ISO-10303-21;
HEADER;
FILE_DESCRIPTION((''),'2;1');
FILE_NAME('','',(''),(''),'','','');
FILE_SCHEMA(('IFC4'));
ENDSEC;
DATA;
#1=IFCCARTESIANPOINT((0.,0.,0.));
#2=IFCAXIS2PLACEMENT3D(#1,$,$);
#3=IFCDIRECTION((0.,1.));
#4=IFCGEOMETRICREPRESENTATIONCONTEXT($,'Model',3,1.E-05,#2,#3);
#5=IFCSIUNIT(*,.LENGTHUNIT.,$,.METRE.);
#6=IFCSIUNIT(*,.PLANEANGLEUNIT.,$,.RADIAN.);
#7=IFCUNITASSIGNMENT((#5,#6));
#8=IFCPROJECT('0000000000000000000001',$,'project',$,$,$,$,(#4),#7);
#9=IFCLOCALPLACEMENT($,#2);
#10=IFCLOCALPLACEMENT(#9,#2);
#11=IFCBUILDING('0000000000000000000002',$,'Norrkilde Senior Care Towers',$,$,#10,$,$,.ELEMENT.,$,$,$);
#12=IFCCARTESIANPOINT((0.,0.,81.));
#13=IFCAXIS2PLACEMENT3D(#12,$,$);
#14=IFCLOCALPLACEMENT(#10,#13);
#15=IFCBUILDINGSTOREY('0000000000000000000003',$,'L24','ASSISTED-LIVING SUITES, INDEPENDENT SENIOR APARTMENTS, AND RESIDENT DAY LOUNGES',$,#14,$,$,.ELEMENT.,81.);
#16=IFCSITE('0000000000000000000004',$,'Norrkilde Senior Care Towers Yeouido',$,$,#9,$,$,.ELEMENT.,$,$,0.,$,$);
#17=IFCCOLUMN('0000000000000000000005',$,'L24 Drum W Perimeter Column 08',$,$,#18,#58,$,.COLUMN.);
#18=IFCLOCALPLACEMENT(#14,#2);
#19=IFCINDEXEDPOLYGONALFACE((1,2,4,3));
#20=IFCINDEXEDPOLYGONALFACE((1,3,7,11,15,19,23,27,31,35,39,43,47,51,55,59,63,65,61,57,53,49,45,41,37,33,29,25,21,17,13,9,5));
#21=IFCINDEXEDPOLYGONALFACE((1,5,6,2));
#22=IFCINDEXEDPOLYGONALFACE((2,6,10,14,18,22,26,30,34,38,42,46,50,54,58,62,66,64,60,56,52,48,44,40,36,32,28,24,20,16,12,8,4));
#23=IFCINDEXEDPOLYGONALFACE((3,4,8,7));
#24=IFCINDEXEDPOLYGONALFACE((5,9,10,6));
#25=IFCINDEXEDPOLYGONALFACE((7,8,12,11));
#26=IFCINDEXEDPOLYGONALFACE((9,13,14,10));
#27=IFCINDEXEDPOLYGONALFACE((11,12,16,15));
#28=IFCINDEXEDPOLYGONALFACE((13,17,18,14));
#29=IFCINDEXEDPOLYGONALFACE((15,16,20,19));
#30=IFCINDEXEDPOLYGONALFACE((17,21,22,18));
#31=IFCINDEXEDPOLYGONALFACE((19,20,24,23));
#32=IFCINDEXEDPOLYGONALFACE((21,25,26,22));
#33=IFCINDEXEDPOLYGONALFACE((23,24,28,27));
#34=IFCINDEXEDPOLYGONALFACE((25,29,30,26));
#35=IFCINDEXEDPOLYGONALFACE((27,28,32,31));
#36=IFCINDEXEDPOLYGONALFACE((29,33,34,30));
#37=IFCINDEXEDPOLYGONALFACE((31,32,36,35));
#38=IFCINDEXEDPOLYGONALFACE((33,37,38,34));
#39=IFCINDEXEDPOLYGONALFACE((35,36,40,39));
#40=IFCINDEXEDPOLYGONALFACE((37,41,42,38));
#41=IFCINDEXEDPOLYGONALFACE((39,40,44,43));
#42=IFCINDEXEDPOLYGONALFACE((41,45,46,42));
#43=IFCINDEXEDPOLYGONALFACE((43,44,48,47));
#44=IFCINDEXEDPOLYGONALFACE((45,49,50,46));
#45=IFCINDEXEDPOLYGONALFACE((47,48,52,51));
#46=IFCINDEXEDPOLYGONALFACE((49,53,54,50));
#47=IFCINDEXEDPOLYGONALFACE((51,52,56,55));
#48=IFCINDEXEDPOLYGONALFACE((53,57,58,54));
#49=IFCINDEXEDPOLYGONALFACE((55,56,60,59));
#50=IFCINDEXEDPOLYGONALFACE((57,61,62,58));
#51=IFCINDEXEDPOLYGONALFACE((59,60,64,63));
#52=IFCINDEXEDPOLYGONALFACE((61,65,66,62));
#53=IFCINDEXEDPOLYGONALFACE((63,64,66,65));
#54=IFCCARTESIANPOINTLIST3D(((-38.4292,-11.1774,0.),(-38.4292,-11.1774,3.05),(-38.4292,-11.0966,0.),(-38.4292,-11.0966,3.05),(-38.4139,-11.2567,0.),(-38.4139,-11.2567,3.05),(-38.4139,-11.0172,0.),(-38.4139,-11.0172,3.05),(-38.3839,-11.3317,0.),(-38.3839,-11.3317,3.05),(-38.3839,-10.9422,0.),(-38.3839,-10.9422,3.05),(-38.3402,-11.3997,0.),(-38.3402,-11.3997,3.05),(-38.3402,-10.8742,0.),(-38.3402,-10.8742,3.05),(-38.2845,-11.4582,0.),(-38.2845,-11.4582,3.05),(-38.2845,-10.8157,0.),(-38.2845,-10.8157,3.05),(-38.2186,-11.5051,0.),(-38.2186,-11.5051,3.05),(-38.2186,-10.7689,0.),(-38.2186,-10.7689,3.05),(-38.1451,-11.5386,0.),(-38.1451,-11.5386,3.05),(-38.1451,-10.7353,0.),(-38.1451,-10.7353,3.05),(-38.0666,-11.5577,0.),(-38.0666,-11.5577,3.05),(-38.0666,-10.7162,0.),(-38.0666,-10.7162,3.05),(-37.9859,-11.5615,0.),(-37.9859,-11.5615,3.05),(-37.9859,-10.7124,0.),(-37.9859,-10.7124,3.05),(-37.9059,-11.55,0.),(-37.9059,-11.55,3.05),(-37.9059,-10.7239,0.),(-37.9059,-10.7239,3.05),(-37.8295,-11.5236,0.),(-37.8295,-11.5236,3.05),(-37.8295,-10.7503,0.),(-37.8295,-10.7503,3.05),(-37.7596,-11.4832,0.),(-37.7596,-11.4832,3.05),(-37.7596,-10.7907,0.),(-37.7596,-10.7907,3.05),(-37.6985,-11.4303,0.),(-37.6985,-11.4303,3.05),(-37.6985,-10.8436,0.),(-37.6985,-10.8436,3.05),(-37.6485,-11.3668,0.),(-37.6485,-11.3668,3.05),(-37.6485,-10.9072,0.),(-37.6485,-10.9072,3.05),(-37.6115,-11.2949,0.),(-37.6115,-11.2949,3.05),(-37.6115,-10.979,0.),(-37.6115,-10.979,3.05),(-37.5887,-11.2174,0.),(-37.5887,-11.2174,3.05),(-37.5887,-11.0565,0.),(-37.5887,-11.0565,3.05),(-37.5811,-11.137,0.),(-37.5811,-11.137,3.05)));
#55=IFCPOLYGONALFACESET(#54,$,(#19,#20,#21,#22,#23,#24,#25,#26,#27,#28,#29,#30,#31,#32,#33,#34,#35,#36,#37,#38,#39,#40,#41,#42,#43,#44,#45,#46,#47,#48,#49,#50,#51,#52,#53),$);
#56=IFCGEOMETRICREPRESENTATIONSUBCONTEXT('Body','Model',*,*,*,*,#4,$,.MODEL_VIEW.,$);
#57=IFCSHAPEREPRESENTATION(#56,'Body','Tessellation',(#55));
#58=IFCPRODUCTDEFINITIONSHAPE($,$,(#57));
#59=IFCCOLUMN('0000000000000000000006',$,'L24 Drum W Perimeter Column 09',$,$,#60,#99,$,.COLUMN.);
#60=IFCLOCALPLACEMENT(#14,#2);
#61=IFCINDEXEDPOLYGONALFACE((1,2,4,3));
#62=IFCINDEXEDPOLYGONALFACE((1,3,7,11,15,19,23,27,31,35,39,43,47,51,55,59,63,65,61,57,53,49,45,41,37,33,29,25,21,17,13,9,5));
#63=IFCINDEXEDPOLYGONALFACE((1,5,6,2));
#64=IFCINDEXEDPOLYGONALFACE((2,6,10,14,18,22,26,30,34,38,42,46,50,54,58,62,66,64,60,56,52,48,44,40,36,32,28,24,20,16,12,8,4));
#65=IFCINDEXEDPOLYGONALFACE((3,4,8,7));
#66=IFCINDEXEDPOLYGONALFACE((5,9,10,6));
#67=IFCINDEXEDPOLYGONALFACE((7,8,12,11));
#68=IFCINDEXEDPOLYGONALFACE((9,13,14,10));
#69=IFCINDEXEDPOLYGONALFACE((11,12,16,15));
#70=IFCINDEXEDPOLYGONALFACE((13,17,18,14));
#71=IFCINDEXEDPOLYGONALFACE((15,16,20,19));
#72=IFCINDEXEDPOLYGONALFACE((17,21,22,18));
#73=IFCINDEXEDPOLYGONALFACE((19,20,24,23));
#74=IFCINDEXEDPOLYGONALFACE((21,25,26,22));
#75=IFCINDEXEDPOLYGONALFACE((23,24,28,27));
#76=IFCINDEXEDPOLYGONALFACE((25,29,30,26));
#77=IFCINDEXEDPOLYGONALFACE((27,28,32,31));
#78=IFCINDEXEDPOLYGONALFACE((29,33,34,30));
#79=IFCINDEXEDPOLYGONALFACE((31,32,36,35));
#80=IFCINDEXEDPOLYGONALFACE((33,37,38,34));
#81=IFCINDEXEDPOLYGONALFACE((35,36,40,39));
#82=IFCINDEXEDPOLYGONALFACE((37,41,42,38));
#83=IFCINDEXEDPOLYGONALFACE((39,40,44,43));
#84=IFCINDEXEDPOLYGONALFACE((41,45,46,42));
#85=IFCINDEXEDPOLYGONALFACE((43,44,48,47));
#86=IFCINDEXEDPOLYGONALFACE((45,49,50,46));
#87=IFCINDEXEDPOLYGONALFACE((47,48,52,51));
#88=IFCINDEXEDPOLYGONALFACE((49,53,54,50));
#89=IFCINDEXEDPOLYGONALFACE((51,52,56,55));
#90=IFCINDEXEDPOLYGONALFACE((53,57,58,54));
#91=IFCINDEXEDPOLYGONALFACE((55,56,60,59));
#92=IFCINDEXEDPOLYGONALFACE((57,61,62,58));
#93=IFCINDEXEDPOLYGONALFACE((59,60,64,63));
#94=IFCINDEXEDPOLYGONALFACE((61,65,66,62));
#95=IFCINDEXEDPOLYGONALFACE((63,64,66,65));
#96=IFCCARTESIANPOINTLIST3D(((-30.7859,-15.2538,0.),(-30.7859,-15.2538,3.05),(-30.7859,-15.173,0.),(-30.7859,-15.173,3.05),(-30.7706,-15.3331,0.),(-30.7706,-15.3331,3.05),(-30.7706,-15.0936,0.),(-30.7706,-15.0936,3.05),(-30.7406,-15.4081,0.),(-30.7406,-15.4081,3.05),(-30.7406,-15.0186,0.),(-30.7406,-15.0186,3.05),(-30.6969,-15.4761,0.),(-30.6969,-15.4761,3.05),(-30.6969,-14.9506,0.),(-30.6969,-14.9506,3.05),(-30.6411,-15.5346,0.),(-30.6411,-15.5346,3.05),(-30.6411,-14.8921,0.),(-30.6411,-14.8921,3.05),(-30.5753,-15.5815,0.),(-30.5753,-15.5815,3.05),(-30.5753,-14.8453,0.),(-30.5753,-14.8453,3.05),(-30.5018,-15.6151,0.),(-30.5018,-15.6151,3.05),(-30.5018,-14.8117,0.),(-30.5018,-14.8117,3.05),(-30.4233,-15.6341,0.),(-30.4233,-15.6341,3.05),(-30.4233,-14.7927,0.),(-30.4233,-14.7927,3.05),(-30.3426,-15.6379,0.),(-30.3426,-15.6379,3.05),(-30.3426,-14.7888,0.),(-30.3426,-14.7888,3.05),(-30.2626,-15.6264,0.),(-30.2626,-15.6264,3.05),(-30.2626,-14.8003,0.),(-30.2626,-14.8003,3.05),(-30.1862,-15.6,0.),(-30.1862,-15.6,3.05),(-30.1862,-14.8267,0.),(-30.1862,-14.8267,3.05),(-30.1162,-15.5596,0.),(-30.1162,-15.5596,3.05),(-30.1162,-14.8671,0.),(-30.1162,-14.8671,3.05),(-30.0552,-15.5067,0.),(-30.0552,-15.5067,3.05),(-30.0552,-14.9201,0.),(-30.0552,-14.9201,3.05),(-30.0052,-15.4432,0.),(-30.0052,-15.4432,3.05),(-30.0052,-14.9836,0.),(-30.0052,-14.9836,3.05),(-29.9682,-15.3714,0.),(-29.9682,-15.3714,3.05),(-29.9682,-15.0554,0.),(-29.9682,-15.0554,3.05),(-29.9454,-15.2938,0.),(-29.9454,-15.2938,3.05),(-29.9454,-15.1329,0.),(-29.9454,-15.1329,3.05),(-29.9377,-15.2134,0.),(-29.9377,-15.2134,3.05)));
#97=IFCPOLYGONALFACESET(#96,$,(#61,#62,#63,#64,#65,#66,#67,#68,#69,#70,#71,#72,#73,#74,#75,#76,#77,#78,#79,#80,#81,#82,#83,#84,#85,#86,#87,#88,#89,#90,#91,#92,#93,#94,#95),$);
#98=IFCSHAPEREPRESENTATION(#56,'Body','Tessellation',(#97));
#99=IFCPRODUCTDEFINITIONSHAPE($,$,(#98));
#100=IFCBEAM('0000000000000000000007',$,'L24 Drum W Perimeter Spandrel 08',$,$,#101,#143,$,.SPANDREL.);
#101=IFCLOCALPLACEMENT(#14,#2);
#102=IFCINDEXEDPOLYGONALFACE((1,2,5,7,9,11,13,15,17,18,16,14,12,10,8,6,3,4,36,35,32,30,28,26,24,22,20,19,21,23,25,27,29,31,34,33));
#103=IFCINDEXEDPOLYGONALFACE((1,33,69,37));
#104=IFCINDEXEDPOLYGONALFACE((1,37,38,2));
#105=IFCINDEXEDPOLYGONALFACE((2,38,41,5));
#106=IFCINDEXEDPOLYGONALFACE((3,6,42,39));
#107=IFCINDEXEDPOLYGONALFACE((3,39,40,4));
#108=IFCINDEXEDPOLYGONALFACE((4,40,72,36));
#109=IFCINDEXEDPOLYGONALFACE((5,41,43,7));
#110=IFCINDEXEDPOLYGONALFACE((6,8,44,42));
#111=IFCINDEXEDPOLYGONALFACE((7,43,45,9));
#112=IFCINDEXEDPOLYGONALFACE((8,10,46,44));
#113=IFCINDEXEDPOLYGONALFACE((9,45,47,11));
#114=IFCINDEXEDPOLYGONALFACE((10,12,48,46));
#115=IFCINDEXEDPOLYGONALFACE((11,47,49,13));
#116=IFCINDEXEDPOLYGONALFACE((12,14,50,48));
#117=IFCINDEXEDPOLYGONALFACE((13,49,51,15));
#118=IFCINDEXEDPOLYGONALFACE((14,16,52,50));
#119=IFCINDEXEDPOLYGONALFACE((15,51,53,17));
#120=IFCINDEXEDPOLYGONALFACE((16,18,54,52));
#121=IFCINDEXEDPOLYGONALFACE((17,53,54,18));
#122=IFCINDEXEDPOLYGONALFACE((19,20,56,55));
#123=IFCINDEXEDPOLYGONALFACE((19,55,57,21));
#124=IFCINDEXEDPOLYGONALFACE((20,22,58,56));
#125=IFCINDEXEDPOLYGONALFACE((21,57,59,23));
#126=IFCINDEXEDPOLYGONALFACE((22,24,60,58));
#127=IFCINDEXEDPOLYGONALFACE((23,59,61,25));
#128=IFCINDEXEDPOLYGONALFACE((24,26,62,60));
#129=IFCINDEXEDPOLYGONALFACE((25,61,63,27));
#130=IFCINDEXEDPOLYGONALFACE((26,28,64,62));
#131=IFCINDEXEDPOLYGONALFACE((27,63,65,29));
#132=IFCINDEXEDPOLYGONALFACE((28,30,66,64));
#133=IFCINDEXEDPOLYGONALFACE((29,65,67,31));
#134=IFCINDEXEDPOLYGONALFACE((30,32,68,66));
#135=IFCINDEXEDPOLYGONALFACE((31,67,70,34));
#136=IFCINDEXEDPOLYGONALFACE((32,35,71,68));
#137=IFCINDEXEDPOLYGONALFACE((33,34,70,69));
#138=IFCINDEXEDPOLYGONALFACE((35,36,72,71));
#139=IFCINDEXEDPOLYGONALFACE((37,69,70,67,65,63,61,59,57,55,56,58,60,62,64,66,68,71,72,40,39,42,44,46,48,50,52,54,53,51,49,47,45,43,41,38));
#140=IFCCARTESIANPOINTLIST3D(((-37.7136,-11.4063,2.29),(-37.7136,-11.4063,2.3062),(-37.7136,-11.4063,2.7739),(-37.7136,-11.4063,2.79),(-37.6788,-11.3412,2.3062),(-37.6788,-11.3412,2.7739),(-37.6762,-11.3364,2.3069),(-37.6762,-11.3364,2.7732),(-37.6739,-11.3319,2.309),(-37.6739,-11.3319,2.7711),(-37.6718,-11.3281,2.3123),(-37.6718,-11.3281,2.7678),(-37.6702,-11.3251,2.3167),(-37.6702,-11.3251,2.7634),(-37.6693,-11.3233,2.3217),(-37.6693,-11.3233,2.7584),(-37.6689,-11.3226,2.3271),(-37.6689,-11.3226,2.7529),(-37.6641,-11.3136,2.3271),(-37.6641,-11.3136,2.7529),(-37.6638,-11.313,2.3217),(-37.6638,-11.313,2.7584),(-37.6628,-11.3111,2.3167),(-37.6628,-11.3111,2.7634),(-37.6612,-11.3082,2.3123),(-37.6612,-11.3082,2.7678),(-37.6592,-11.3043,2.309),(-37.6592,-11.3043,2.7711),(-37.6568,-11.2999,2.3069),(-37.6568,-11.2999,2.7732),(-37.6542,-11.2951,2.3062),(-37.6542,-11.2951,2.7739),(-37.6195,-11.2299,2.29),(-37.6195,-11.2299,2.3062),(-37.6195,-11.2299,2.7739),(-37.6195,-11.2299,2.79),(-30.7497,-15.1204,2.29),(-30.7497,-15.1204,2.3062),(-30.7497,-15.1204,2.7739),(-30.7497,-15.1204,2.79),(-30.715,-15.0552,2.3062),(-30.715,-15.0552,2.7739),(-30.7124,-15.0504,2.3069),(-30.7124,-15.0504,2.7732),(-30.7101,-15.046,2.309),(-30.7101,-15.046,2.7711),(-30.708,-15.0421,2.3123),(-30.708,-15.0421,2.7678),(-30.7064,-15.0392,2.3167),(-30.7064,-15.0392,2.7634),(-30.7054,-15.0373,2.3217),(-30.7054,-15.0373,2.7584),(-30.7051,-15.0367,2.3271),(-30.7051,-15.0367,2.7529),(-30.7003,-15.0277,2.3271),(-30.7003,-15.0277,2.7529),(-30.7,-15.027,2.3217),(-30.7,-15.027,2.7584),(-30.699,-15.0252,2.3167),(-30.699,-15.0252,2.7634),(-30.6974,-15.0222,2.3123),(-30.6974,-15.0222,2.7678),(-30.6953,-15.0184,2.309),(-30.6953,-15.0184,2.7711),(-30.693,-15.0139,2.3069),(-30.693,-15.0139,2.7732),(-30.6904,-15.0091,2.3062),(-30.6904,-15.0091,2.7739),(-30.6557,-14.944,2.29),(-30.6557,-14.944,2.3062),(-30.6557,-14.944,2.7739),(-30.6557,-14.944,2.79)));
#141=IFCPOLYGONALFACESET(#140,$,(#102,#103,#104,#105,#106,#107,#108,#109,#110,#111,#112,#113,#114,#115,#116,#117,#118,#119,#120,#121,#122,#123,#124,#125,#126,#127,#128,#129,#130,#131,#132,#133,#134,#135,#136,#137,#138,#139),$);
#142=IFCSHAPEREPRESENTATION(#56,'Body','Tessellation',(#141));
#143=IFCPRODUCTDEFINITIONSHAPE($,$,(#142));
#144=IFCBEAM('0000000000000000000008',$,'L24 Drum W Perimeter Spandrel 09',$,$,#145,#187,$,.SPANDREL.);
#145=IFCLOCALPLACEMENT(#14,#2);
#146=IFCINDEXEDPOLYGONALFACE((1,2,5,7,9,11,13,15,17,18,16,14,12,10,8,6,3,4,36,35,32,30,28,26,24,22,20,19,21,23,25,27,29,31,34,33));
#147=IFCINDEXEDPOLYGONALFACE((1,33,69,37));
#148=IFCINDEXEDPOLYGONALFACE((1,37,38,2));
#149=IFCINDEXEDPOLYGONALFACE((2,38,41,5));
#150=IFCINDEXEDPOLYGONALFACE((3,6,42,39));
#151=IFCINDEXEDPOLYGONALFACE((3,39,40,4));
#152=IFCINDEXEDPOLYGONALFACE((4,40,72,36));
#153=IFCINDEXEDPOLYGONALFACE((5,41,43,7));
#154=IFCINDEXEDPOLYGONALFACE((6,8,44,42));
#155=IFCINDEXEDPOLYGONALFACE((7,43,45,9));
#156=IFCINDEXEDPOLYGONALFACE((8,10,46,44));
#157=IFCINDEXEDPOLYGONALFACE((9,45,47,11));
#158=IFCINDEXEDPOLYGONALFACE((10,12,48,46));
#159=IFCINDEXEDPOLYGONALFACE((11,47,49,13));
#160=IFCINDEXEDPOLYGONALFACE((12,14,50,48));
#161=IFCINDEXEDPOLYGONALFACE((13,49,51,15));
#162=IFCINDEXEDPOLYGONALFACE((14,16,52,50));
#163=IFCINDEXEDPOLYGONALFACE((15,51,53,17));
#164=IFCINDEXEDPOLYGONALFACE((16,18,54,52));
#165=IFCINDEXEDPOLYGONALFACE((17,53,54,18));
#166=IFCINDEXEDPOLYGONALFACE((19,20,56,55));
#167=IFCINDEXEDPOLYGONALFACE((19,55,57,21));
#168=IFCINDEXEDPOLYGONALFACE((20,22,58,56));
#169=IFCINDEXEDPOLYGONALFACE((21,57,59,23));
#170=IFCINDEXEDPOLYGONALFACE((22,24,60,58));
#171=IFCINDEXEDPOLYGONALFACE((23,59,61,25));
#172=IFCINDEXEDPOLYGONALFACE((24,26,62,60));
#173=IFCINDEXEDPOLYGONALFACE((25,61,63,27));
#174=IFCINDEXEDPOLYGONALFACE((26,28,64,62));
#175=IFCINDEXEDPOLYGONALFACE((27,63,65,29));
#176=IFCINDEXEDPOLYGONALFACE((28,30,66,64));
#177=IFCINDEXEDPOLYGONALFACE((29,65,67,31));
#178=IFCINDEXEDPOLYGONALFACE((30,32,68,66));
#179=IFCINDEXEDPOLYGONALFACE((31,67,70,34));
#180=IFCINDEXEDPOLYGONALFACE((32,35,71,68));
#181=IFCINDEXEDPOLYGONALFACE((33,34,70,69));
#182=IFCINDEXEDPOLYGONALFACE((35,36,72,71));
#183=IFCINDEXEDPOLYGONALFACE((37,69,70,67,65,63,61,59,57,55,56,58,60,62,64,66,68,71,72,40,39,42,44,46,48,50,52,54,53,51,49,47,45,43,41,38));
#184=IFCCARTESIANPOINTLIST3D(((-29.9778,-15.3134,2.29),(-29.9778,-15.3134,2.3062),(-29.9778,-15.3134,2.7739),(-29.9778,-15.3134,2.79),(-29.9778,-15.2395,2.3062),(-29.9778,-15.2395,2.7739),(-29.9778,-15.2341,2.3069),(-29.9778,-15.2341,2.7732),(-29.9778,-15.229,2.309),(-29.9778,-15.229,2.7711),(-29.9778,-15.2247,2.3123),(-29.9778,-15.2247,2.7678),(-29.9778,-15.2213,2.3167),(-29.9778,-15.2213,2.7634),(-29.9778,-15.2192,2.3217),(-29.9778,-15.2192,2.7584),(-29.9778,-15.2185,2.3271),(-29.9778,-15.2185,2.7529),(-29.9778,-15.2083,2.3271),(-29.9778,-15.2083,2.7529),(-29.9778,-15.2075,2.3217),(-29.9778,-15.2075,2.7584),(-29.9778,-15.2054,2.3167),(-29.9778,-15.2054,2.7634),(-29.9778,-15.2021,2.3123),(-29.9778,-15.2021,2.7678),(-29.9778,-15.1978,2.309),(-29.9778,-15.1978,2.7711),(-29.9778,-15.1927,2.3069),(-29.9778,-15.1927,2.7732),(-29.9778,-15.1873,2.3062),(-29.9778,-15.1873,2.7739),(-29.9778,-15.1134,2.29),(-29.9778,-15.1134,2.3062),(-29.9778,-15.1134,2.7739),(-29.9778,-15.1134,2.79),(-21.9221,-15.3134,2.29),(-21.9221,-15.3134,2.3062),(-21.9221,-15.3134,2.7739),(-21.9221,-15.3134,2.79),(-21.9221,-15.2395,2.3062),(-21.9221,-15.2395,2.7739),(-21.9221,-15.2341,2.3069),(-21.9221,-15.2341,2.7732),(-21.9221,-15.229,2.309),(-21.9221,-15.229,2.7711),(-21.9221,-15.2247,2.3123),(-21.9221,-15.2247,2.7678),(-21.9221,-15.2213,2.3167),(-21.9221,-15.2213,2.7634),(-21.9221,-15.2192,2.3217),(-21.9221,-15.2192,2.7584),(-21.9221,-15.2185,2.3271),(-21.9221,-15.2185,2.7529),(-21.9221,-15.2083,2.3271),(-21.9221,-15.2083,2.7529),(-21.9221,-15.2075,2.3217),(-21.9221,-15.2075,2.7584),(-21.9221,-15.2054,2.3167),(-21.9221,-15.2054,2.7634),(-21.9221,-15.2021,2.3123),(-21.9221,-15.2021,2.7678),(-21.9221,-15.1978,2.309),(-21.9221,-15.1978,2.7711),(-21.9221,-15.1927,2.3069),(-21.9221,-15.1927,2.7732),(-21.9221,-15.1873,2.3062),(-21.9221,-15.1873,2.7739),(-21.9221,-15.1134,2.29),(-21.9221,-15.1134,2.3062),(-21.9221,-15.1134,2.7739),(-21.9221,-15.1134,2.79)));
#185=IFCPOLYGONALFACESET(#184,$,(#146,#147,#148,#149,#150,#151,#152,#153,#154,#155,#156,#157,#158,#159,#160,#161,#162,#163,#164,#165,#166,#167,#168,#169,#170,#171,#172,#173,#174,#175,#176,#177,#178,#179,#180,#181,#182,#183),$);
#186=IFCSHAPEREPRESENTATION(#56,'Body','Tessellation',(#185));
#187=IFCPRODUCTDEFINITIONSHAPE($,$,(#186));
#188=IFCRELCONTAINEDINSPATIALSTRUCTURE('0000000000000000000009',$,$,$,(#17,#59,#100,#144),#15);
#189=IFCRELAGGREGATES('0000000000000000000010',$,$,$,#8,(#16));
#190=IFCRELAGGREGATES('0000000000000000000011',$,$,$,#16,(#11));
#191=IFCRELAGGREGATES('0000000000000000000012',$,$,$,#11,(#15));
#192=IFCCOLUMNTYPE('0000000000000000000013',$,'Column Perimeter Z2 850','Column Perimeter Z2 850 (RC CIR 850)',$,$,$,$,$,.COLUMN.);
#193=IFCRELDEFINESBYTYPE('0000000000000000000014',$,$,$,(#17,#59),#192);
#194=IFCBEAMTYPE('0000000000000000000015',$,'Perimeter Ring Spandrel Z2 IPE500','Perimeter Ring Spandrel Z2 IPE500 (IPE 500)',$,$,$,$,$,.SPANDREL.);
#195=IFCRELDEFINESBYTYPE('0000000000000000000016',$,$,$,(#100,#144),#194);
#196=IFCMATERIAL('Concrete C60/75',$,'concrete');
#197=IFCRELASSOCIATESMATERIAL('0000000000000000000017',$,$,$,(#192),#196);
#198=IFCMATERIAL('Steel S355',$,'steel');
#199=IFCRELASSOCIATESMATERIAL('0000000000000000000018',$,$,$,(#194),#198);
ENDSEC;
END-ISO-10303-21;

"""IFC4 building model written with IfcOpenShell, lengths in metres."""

from ifc_helpers import new_model, si_unit, direction, frame, origin, origin_2d, place, context, subcontext, project, spatial, circle, i_section, extrude, source, transform, mapped, material, material_profile, profile_set, type_object, type_shapes, element, save


model = new_model("IFC4")

# Units and contexts
model_context = context("Model", 3, precision=1e-05, world=origin(), true_north=direction((0.0, 1.0)))
body_context = subcontext(model_context, "Body", "Model", "MODEL_VIEW")
ifc_project = project(units=[si_unit("LENGTHUNIT", "METRE"), si_unit("PLANEANGLEUNIT", "RADIAN")], contexts=[model_context])

# Site, building, storey
site_placement = place(None, origin())
site = spatial("IfcSite", under=ifc_project, at=site_placement, Name="Norrkilde Senior Care Towers Yeouido", CompositionType="ELEMENT", RefElevation=0.0)
building_placement = place(site_placement, origin())
building = spatial("IfcBuilding", under=site, at=building_placement, Name="Norrkilde Senior Care Towers", CompositionType="ELEMENT")
storey_placement = place(building_placement, frame((0.0, 0.0, 81.0)))
storey = spatial("IfcBuildingStorey", under=building, at=storey_placement, Name="L24", Description="ASSISTED-LIVING SUITES, INDEPENDENT SENIOR APARTMENTS, AND RESIDENT DAY LOUNGES", CompositionType="ELEMENT", Elevation=81.0)

# Columns
ifc_material_1 = material(Name="Concrete C60/75", Category="concrete")
ifc_material_profile_1 = material_profile(ifc_material_1, circle(Radius=0.425, at=origin_2d()), Name="RC CIR 850")
ifc_profile_set_1 = profile_set([ifc_material_profile_1], Name="Concrete C60/75")
column_type = type_object("IfcColumnType", Name="Column Perimeter Z2 850", Description="Column Perimeter Z2 850 (RC CIR 850)", PredefinedType="COLUMN", material=ifc_profile_set_1)
shared_shape_1 = source(origin(), body_context, "Body", "SweptSolid", [
    extrude(circle(Radius=0.425, at=origin_2d()), origin(), (0.0, 0.0, 1.0), 3.05),
])
type_shapes(column_type, [shared_shape_1])
for number, where, z_axis, x_axis, name in (
    (1, (-38.0061, -11.137, 0.0), (0.0, 0.0, 1.0), (1.0, 0.0, 0.0), "L24 Drum W Perimeter Column 08"),
    (2, (-30.3628, -15.2134, 0.0), (0.0, 0.0, 1.0), (1.0, 0.0, 0.0), "L24 Drum W Perimeter Column 09"),
):
    element("IfcColumn", number, at=place(storey_placement, frame(where, z_axis=z_axis, x_axis=x_axis)), inside=storey, type_object=column_type, Name=name, PredefinedType="COLUMN", context=body_context, shape_type="MappedRepresentation", body=[
        mapped(shared_shape_1, transform((0.0, 0.0, 0.0), x_axis=(1.0, 0.0, 0.0), y_axis=(0.0, 1.0, 0.0), z_axis=(0.0, 0.0, 1.0), scale=1.0)),
    ])

# Beams
ifc_material_2 = material(Name="Steel S355", Category="steel")
ifc_material_profile_2 = material_profile(ifc_material_2, i_section(OverallWidth=0.2, OverallDepth=0.5, WebThickness=0.0103, FlangeThickness=0.0161, FilletRadius=0.021, at=origin_2d()), Name="IPE 500")
ifc_profile_set_2 = profile_set([ifc_material_profile_2], Name="Steel S355")
beam_type_1 = type_object("IfcBeamType", Name="Perimeter Ring Spandrel Z2 IPE500", Description="Perimeter Ring Spandrel Z2 IPE500 (IPE 500)", PredefinedType="SPANDREL", material=ifc_profile_set_2)
shared_shape_2 = source(origin(), body_context, "Body", "SweptSolid", [
    extrude(i_section(OverallWidth=0.2, OverallDepth=0.5, WebThickness=0.0103, FlangeThickness=0.0161, FilletRadius=0.021, at=origin_2d()), origin(), (0.0, 0.0, 1.0), 7.8923),
])
beam_1_placement = place(storey_placement, frame((-37.6665, -11.3181, 2.54), z_axis=(0.88235, -0.470593, 0.0), x_axis=(0.470593, 0.88235, 0.0)))
element("IfcBeam", 3, at=beam_1_placement, inside=storey, type_object=beam_type_1, Name="L24 Drum W Perimeter Spandrel 08", PredefinedType="SPANDREL", context=body_context, shape_type="MappedRepresentation", body=[
    mapped(shared_shape_2, transform((0.0, 0.0, 0.0), x_axis=(1.0, 0.0, 0.0), y_axis=(0.0, 1.0, 0.0), z_axis=(0.0, 0.0, 1.0), scale=1.0)),
])
shared_shape_3 = source(origin(), body_context, "Body", "SweptSolid", [
    extrude(i_section(OverallWidth=0.2, OverallDepth=0.5, WebThickness=0.0103, FlangeThickness=0.0161, FilletRadius=0.021, at=origin_2d()), origin(), (0.0, 0.0, 1.0), 8.0557),
])
type_shapes(beam_type_1, [shared_shape_2, shared_shape_3])
beam_2_placement = place(storey_placement, frame((-29.9778, -15.2134, 2.54), z_axis=(1.0, 0.0, 0.0), x_axis=(0.0, 1.0, 0.0)))
element("IfcBeam", 4, at=beam_2_placement, inside=storey, type_object=beam_type_1, Name="L24 Drum W Perimeter Spandrel 09", PredefinedType="SPANDREL", context=body_context, shape_type="MappedRepresentation", body=[
    mapped(shared_shape_3, transform((0.0, 0.0, 0.0), x_axis=(1.0, 0.0, 0.0), y_axis=(0.0, 1.0, 0.0), z_axis=(0.0, 0.0, 1.0), scale=1.0)),
])

save(model, "model.ifc")
